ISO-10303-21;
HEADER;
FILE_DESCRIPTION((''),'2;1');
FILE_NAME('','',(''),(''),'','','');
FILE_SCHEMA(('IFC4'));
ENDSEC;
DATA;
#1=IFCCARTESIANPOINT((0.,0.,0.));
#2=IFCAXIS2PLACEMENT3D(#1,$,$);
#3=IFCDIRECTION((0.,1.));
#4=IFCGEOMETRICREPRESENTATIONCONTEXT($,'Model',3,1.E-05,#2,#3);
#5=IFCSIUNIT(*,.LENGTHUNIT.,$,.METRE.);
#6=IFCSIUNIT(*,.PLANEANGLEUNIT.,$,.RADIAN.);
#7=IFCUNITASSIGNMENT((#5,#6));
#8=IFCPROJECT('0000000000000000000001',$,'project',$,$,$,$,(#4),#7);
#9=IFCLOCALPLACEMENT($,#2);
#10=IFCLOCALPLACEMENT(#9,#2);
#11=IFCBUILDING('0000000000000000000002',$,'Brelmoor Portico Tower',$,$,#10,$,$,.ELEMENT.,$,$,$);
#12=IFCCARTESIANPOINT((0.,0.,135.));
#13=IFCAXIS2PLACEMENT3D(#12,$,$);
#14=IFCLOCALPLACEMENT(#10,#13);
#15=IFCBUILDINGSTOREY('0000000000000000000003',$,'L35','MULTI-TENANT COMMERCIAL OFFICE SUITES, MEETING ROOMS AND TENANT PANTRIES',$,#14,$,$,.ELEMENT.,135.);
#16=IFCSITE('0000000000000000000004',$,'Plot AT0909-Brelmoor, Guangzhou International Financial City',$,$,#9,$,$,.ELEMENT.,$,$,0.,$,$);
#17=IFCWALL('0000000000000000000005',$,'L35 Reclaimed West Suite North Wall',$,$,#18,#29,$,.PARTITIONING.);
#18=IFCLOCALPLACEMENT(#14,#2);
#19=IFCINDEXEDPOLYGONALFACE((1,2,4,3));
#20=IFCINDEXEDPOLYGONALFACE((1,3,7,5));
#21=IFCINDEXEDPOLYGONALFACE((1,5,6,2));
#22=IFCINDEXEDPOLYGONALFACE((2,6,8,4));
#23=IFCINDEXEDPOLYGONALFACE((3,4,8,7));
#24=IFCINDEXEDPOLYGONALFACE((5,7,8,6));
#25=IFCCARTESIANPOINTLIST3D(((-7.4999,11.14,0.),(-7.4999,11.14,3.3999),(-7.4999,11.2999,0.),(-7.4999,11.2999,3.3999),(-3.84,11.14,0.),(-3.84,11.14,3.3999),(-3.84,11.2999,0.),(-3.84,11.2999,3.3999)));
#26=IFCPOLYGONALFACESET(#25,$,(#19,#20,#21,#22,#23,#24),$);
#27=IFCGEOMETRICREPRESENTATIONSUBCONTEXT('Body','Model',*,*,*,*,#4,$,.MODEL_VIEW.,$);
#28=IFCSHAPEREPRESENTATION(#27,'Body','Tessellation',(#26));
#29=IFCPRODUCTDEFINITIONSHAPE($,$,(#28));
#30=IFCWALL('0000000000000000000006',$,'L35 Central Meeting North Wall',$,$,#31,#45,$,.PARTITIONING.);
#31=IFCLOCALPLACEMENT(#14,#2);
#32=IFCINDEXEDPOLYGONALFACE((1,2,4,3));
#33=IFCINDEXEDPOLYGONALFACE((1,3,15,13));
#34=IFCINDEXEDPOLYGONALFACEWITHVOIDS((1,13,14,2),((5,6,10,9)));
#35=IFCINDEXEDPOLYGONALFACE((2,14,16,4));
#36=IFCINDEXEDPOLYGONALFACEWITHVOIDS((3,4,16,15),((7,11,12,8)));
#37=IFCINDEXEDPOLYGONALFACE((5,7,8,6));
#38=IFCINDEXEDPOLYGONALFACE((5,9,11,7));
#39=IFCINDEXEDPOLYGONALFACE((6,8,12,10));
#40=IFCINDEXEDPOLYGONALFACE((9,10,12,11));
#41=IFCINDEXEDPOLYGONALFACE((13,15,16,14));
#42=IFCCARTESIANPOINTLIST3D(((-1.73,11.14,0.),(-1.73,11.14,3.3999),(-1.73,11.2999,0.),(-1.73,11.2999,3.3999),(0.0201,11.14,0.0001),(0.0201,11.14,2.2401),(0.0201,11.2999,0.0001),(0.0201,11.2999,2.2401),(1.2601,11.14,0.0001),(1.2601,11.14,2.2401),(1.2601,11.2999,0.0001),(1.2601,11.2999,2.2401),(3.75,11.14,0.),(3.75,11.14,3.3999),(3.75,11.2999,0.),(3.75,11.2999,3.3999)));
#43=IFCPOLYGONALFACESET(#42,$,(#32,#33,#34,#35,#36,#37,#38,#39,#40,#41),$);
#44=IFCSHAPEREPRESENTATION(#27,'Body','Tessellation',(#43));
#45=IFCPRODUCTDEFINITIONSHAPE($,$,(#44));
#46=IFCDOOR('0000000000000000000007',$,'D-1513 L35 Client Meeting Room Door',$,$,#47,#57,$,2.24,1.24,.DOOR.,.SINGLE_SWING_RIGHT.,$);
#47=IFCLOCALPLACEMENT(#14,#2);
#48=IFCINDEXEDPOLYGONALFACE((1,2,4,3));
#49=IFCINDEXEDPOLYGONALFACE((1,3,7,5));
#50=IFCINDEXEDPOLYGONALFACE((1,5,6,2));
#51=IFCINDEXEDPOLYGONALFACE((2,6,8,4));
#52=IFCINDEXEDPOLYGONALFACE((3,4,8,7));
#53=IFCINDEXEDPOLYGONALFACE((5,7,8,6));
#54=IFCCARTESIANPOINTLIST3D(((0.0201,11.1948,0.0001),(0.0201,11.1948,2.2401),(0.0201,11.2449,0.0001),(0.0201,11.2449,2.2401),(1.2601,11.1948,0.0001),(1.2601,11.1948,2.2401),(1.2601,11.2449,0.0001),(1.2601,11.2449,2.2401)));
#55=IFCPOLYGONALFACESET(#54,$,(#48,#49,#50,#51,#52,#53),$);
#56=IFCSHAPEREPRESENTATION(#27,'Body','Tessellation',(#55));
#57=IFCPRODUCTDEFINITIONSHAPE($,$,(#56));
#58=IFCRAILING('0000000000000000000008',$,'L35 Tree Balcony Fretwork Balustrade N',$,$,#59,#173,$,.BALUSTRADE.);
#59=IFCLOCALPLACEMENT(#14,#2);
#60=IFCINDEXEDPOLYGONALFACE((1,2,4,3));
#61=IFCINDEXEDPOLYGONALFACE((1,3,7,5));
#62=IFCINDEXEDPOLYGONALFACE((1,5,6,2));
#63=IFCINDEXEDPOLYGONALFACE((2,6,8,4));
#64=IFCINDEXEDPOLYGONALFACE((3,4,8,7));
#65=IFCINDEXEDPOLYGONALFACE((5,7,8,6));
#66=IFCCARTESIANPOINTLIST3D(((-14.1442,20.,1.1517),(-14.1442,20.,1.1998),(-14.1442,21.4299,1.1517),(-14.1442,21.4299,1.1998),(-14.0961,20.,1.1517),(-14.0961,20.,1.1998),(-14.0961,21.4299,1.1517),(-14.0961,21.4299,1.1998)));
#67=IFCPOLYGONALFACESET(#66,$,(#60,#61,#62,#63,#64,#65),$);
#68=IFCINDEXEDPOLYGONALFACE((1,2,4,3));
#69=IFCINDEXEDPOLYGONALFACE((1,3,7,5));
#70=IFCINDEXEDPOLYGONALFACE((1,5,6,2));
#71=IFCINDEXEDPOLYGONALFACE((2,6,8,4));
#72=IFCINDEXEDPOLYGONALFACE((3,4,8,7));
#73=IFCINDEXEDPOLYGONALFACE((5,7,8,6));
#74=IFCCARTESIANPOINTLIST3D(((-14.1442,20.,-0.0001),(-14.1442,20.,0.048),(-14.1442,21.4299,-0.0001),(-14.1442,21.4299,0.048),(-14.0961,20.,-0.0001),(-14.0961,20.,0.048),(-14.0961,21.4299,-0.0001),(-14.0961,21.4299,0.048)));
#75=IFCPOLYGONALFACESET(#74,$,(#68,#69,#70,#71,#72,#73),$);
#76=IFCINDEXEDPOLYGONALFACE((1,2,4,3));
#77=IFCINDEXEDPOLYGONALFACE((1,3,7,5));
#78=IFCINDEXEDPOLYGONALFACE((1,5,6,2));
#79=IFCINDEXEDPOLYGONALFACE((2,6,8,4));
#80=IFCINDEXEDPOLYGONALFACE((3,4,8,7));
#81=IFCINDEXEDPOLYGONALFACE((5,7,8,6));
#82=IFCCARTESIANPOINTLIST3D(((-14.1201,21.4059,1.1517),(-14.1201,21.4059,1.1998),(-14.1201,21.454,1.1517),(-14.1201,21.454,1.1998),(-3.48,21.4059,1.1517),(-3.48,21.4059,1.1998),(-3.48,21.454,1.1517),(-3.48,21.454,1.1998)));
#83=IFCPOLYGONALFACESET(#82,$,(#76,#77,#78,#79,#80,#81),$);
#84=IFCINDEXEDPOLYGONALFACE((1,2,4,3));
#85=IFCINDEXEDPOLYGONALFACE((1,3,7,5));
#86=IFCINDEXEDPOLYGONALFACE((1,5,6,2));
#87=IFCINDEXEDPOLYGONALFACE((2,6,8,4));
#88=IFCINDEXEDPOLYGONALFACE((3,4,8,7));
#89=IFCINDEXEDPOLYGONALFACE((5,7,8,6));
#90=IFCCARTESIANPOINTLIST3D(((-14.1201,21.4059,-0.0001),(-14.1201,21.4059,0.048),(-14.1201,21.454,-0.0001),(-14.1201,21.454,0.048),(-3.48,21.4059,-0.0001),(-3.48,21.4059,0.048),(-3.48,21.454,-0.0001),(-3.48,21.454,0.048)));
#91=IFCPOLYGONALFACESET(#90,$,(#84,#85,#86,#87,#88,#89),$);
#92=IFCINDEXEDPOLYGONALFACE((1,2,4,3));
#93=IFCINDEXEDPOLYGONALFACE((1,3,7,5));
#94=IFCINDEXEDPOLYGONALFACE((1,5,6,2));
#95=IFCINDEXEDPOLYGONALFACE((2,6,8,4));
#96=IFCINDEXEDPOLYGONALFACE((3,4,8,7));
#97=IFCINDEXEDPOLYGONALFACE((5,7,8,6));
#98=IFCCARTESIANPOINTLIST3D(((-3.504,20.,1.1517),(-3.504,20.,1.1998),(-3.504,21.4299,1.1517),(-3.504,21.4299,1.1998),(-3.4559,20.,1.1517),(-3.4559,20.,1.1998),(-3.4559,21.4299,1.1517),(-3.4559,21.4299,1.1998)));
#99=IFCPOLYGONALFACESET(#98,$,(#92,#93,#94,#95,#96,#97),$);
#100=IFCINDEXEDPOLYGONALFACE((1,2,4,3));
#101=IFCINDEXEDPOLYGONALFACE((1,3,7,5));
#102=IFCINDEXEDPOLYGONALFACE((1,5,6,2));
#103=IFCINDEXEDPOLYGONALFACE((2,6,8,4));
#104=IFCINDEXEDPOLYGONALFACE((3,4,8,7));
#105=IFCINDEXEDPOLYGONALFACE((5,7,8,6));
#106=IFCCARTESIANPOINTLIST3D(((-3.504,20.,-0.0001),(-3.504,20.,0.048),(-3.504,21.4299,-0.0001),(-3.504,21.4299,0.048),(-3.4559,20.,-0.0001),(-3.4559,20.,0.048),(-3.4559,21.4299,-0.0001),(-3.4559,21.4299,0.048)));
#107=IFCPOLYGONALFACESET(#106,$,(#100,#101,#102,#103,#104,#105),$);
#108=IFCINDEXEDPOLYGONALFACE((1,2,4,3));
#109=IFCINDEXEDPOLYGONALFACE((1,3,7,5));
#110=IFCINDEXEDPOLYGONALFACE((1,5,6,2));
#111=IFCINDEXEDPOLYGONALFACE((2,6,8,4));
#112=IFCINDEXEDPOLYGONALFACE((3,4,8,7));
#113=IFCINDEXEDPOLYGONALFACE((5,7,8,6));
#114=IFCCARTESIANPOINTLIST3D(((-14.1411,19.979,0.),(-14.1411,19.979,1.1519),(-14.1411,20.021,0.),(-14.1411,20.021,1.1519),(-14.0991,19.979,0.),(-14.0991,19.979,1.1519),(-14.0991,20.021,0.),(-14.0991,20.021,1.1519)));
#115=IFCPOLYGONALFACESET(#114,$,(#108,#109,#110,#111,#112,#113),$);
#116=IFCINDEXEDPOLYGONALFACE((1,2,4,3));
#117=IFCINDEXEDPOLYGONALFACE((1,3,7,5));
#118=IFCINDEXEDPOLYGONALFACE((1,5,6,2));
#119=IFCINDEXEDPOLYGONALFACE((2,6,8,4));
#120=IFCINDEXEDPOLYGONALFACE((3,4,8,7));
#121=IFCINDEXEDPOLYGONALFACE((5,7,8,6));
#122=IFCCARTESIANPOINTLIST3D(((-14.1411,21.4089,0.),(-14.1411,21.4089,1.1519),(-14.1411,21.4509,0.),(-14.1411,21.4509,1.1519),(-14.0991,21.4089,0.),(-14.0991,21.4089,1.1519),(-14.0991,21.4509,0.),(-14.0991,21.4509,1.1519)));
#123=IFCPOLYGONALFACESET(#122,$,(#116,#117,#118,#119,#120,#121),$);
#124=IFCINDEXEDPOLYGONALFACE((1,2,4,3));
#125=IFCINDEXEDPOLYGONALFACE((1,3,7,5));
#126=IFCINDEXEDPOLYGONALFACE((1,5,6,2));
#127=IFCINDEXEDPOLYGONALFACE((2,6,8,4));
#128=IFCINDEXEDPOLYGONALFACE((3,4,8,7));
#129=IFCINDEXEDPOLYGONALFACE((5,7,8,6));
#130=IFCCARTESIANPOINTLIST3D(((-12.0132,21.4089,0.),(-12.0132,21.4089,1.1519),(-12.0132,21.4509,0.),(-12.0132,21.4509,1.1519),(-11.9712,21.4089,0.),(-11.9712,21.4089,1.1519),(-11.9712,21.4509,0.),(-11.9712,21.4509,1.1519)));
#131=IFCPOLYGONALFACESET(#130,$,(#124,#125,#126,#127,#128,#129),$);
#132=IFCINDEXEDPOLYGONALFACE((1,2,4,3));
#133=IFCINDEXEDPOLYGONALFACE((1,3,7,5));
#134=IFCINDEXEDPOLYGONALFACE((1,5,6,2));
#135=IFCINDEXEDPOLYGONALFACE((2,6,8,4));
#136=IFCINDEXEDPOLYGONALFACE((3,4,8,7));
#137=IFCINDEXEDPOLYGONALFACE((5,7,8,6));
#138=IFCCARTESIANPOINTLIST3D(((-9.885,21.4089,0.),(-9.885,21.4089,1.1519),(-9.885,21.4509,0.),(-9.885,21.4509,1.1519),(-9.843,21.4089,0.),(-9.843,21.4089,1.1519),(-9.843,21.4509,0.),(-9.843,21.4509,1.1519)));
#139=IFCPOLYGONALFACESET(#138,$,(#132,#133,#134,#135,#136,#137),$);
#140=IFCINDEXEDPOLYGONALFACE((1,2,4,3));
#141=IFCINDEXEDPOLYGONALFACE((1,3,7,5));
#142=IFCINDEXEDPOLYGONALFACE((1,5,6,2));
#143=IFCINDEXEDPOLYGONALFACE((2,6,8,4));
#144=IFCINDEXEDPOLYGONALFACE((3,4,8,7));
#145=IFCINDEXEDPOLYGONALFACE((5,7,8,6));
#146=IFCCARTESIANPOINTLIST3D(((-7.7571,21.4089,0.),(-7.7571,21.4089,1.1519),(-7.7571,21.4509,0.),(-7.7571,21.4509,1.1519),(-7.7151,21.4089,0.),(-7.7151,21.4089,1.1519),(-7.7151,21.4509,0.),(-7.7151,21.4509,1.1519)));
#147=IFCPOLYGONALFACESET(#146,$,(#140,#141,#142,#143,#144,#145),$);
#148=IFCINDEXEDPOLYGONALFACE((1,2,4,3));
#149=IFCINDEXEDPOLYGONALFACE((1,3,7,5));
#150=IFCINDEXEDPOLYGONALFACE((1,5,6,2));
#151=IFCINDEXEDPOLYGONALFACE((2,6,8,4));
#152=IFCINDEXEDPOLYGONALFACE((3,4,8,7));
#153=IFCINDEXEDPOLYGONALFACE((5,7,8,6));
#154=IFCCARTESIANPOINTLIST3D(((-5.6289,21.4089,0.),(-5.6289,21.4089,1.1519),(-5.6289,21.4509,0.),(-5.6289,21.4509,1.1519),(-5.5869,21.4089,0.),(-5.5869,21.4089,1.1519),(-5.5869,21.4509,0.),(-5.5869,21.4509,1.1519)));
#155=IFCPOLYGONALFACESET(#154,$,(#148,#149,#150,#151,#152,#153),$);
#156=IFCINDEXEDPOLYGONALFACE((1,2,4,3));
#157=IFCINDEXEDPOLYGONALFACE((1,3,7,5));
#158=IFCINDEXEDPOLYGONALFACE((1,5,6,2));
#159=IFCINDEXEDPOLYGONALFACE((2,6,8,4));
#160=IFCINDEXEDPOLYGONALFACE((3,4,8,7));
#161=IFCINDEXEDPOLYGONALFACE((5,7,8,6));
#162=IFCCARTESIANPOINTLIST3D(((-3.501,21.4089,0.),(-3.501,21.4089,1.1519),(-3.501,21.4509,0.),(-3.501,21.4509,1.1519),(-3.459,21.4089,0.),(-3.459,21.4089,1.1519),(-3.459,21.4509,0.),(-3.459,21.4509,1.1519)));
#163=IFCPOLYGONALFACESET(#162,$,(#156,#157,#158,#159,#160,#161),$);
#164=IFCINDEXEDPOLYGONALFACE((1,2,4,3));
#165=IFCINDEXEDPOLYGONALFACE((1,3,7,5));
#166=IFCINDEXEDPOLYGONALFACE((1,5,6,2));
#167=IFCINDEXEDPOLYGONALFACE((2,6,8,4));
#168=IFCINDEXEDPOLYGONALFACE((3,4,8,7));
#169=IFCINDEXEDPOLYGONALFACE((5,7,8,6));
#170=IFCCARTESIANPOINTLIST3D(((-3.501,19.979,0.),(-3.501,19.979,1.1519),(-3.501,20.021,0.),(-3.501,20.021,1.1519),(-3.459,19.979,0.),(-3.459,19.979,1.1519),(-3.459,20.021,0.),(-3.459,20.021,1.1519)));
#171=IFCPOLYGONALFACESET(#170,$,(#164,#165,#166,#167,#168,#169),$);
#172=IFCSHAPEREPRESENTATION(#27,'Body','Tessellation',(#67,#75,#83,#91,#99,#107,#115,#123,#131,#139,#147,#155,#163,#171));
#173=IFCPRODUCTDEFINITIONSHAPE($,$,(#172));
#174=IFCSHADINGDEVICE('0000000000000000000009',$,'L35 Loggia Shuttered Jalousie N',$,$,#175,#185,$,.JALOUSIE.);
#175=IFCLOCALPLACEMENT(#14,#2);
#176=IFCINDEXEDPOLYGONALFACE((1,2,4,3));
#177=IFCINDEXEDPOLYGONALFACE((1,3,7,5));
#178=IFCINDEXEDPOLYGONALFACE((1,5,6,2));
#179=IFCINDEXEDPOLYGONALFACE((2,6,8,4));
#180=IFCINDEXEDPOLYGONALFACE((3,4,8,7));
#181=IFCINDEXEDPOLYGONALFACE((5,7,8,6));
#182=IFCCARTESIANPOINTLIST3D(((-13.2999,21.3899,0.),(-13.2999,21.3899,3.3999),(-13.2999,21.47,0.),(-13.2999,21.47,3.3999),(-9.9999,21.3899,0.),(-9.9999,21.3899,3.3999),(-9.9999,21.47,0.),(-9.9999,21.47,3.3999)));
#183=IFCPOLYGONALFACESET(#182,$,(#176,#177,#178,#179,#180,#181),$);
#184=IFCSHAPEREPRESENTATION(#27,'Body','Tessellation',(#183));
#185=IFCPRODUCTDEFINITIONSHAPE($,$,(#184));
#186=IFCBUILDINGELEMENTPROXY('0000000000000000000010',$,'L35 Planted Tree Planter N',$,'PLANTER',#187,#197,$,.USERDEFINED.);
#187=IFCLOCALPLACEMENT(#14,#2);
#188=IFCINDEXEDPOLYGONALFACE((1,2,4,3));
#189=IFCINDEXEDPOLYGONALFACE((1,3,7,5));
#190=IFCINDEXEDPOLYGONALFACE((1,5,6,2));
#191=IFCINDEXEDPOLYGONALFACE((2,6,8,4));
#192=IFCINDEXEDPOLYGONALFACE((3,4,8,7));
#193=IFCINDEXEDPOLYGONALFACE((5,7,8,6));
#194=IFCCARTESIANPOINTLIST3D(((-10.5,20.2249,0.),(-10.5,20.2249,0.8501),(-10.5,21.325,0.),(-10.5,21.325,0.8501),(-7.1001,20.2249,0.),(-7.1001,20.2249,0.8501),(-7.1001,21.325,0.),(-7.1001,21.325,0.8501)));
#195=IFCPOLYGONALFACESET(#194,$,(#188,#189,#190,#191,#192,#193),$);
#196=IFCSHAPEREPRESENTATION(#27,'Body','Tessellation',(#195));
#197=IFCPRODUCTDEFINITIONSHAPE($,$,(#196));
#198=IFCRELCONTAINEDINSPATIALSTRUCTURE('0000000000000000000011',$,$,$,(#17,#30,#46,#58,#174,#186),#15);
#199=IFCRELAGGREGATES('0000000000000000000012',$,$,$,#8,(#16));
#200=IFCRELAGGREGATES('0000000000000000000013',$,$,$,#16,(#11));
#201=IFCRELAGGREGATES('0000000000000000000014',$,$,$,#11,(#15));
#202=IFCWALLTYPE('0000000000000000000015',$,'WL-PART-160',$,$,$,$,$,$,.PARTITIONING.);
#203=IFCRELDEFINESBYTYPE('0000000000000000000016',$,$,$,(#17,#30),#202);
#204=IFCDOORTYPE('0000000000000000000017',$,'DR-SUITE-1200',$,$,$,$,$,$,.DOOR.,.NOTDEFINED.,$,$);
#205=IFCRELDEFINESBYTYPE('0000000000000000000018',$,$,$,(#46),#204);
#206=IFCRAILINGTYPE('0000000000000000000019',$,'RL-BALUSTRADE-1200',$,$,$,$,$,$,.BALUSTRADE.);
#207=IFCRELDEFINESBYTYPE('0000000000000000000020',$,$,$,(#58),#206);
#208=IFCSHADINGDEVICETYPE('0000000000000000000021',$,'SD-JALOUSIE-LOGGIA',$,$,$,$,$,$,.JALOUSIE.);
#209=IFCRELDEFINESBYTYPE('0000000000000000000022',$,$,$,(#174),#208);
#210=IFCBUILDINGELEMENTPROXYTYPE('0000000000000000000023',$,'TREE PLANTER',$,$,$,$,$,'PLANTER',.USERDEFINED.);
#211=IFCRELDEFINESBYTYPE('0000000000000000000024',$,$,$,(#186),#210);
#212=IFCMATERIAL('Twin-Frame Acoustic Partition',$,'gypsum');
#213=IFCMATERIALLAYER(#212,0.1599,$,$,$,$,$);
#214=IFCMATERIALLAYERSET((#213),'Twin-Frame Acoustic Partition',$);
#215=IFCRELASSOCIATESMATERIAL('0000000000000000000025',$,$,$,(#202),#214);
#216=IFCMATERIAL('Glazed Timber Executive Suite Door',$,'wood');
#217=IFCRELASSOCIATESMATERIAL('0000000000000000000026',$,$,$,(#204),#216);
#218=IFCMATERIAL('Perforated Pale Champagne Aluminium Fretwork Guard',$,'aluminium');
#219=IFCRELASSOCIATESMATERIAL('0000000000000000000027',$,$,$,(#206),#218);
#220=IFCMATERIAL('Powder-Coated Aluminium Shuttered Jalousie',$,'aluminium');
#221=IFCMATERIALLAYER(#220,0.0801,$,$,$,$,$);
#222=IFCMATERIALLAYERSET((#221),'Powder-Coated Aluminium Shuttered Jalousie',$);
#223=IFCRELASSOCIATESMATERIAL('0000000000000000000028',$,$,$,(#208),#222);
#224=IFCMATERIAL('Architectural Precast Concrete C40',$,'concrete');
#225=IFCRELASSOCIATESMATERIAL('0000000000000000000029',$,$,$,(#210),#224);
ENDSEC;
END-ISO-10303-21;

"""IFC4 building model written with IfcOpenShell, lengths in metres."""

from ifc_helpers import new_model, si_unit, direction, frame, frame_2d, origin, origin_2d, place, context, subcontext, project, spatial, rectangle, extrude, material, layer, layer_set, type_object, element, fill, save


model = new_model("IFC4")

# Units and contexts
model_context = context("Model", 3, precision=1e-05, world=origin(), true_north=direction((0.0, 1.0)))
body_context = subcontext(model_context, "Body", "Model", "MODEL_VIEW")
ifc_project = project(units=[si_unit("LENGTHUNIT", "METRE"), si_unit("PLANEANGLEUNIT", "RADIAN")], contexts=[model_context])

# Site, building, storey
site_placement = place(None, origin())
site = spatial("IfcSite", under=ifc_project, at=site_placement, Name="Plot AT0909-Brelmoor, Guangzhou International Financial City", CompositionType="ELEMENT", RefElevation=0.0)
building_placement = place(site_placement, origin())
building = spatial("IfcBuilding", under=site, at=building_placement, Name="Brelmoor Portico Tower", CompositionType="ELEMENT")
storey_placement = place(building_placement, frame((0.0, 0.0, 135.0)))
storey = spatial("IfcBuildingStorey", under=building, at=storey_placement, Name="L35", Description="MULTI-TENANT COMMERCIAL OFFICE SUITES, MEETING ROOMS AND TENANT PANTRIES", CompositionType="ELEMENT", Elevation=135.0)

# Wall
ifc_material_1 = material(Name="Twin-Frame Acoustic Partition", Category="gypsum")
ifc_layer_1 = layer(ifc_material_1, 0.1599)
ifc_layer_set_1 = layer_set([ifc_layer_1], Name="Twin-Frame Acoustic Partition")
wall_type_1 = type_object("IfcWallType", Name="WL-PART-160", PredefinedType="PARTITIONING", material=ifc_layer_set_1)
wall_1_placement = place(storey_placement, frame((-7.5, 11.22, 0.0), z_axis=(0.0, 0.0, 1.0), x_axis=(1.0, 0.0, 0.0)))
element("IfcWall", 1, at=wall_1_placement, inside=storey, type_object=wall_type_1, Name="L35 Reclaimed West Suite North Wall", PredefinedType="PARTITIONING", context=body_context, shape_type="SweptSolid", body=[
    extrude(rectangle(XDim=3.6599, YDim=0.1599, at=frame_2d((1.8301, 0.0))), origin(), (0.0, 0.0, 1.0), 3.3999),
])

# Wall, opening, door
wall_2_placement = place(storey_placement, frame((-1.73, 11.22, 0.0), z_axis=(0.0, 0.0, 1.0), x_axis=(1.0, 0.0, 0.0)))
wall_2 = element("IfcWall", 2, at=wall_2_placement, inside=storey, type_object=wall_type_1, Name="L35 Central Meeting North Wall", PredefinedType="PARTITIONING", context=body_context, shape_type="SweptSolid", body=[
    extrude(rectangle(XDim=5.48, YDim=0.1599, at=frame_2d((2.74, 0.0))), origin(), (0.0, 0.0, 1.0), 3.3999),
])
opening_1_placement = place(wall_2_placement, frame((1.75, 0.0, 0.0)))
opening_1 = element("IfcOpeningElement", 3, at=opening_1_placement, cuts=wall_2, PredefinedType="OPENING", context=body_context, shape_type="SweptSolid", body=[
    extrude(rectangle(XDim=1.24, YDim=2.24, at=frame_2d((0.6201, 1.1201))), frame((0.0, 0.0898, 0.0), z_axis=(0.0, -1.0, 0.0), x_axis=(1.0, 0.0, 0.0)), (0.0, 0.0, 1.0), 0.1799),
])
ifc_material_2 = material(Name="Glazed Timber Executive Suite Door", Category="wood")
door_type_1 = type_object("IfcDoorType", Name="DR-SUITE-1200", OperationType="NOTDEFINED", PredefinedType="DOOR", material=ifc_material_2)
door_1_placement = place(opening_1_placement, origin())
door_1 = element("IfcDoor", 4, at=door_1_placement, inside=storey, type_object=door_type_1, Name="D-1513 L35 Client Meeting Room Door", OperationType="SINGLE_SWING_RIGHT", OverallHeight=2.24, OverallWidth=1.24, PredefinedType="DOOR", context=body_context, shape_type="SweptSolid", body=[
    extrude(rectangle(XDim=1.24, YDim=2.24, at=frame_2d((0.6201, 1.1201))), frame((0.0, 0.0249, 0.0), z_axis=(0.0, -1.0, 0.0), x_axis=(1.0, 0.0, 0.0)), (0.0, 0.0, 1.0), 0.05),
])
fill(opening_1, door_1)

# Railing
ifc_material_3 = material(Name="Perforated Pale Champagne Aluminium Fretwork Guard", Category="aluminium")
railing_type = type_object("IfcRailingType", Name="RL-BALUSTRADE-1200", PredefinedType="BALUSTRADE", material=ifc_material_3)
railing_placement = place(storey_placement, frame((-14.1201, 20.0, 0.0)))
element("IfcRailing", 5, at=railing_placement, inside=storey, type_object=railing_type, Name="L35 Tree Balcony Fretwork Balustrade N", PredefinedType="BALUSTRADE", context=body_context, shape_type="SweptSolid", body=[
    extrude(rectangle(XDim=0.0481, YDim=0.0481, at=origin_2d()), frame((0.0, 0.0, 1.1758), z_axis=(0.0, 1.0, 0.0), x_axis=(-1.0, 0.0, 0.0)), (0.0, 0.0, 1.0), 1.4299),
    extrude(rectangle(XDim=0.0481, YDim=0.0481, at=origin_2d()), frame((0.0, 0.0, 0.0239), z_axis=(0.0, 1.0, 0.0), x_axis=(-1.0, 0.0, 0.0)), (0.0, 0.0, 1.0), 1.4299),
    extrude(rectangle(XDim=0.0481, YDim=0.0481, at=origin_2d()), frame((0.0, 1.4299, 1.1758), z_axis=(1.0, 0.0, 0.0), x_axis=(0.0, 1.0, 0.0)), (0.0, 0.0, 1.0), 10.6401),
    extrude(rectangle(XDim=0.0481, YDim=0.0481, at=origin_2d()), frame((0.0, 1.4299, 0.0239), z_axis=(1.0, 0.0, 0.0), x_axis=(0.0, 1.0, 0.0)), (0.0, 0.0, 1.0), 10.6401),
    extrude(rectangle(XDim=0.0481, YDim=0.0481, at=origin_2d()), frame((10.6401, 1.4299, 1.1758), z_axis=(0.0, -1.0, 0.0), x_axis=(1.0, 0.0, 0.0)), (0.0, 0.0, 1.0), 1.4299),
    extrude(rectangle(XDim=0.0481, YDim=0.0481, at=origin_2d()), frame((10.6401, 1.4299, 0.0239), z_axis=(0.0, -1.0, 0.0), x_axis=(1.0, 0.0, 0.0)), (0.0, 0.0, 1.0), 1.4299),
    extrude(rectangle(XDim=0.042, YDim=0.042, at=origin_2d()), origin(), (0.0, 0.0, 1.0), 1.1519),
    extrude(rectangle(XDim=0.042, YDim=0.042, at=origin_2d()), frame((0.0, 1.4299, 0.0)), (0.0, 0.0, 1.0), 1.1519),
    extrude(rectangle(XDim=0.042, YDim=0.042, at=origin_2d()), frame((2.1279, 1.4299, 0.0)), (0.0, 0.0, 1.0), 1.1519),
    extrude(rectangle(XDim=0.042, YDim=0.042, at=origin_2d()), frame((4.2561, 1.4299, 0.0)), (0.0, 0.0, 1.0), 1.1519),
    extrude(rectangle(XDim=0.042, YDim=0.042, at=origin_2d()), frame((6.384, 1.4299, 0.0)), (0.0, 0.0, 1.0), 1.1519),
    extrude(rectangle(XDim=0.042, YDim=0.042, at=origin_2d()), frame((8.5122, 1.4299, 0.0)), (0.0, 0.0, 1.0), 1.1519),
    extrude(rectangle(XDim=0.042, YDim=0.042, at=origin_2d()), frame((10.6401, 1.4299, 0.0)), (0.0, 0.0, 1.0), 1.1519),
    extrude(rectangle(XDim=0.042, YDim=0.042, at=origin_2d()), frame((10.6401, 0.0, 0.0)), (0.0, 0.0, 1.0), 1.1519),
])

# Shading device
ifc_material_4 = material(Name="Powder-Coated Aluminium Shuttered Jalousie", Category="aluminium")
ifc_layer_2 = layer(ifc_material_4, 0.0801)
ifc_layer_set_2 = layer_set([ifc_layer_2], Name="Powder-Coated Aluminium Shuttered Jalousie")
shading_device_type = type_object("IfcShadingDeviceType", Name="SD-JALOUSIE-LOGGIA", PredefinedType="JALOUSIE", material=ifc_layer_set_2)
shading_device_placement = place(storey_placement, frame((-11.6499, 21.4299, 0.0), z_axis=(0.0, 0.0, 1.0), x_axis=(1.0, 0.0, 0.0)))
element("IfcShadingDevice", 6, at=shading_device_placement, inside=storey, type_object=shading_device_type, Name="L35 Loggia Shuttered Jalousie N", PredefinedType="JALOUSIE", context=body_context, shape_type="SweptSolid", body=[
    extrude(rectangle(XDim=3.3, YDim=0.0801, at=origin_2d()), origin(), (0.0, 0.0, 1.0), 3.3999),
])

# Building element proxy
ifc_material_5 = material(Name="Architectural Precast Concrete C40", Category="concrete")
building_element_proxy_type = type_object("IfcBuildingElementProxyType", Name="TREE PLANTER", ElementType="PLANTER", PredefinedType="USERDEFINED", material=ifc_material_5)
proxy_placement = place(storey_placement, frame((-8.8, 20.7749, 0.0), z_axis=(0.0, 0.0, 1.0), x_axis=(1.0, 0.0, 0.0)))
element("IfcBuildingElementProxy", 7, at=proxy_placement, inside=storey, type_object=building_element_proxy_type, Name="L35 Planted Tree Planter N", ObjectType="PLANTER", PredefinedType="USERDEFINED", context=body_context, shape_type="SweptSolid", body=[
    extrude(rectangle(XDim=3.3999, YDim=1.1001, at=origin_2d()), origin(), (0.0, 0.0, 1.0), 0.8501),
])

save(model, "model.ifc")
